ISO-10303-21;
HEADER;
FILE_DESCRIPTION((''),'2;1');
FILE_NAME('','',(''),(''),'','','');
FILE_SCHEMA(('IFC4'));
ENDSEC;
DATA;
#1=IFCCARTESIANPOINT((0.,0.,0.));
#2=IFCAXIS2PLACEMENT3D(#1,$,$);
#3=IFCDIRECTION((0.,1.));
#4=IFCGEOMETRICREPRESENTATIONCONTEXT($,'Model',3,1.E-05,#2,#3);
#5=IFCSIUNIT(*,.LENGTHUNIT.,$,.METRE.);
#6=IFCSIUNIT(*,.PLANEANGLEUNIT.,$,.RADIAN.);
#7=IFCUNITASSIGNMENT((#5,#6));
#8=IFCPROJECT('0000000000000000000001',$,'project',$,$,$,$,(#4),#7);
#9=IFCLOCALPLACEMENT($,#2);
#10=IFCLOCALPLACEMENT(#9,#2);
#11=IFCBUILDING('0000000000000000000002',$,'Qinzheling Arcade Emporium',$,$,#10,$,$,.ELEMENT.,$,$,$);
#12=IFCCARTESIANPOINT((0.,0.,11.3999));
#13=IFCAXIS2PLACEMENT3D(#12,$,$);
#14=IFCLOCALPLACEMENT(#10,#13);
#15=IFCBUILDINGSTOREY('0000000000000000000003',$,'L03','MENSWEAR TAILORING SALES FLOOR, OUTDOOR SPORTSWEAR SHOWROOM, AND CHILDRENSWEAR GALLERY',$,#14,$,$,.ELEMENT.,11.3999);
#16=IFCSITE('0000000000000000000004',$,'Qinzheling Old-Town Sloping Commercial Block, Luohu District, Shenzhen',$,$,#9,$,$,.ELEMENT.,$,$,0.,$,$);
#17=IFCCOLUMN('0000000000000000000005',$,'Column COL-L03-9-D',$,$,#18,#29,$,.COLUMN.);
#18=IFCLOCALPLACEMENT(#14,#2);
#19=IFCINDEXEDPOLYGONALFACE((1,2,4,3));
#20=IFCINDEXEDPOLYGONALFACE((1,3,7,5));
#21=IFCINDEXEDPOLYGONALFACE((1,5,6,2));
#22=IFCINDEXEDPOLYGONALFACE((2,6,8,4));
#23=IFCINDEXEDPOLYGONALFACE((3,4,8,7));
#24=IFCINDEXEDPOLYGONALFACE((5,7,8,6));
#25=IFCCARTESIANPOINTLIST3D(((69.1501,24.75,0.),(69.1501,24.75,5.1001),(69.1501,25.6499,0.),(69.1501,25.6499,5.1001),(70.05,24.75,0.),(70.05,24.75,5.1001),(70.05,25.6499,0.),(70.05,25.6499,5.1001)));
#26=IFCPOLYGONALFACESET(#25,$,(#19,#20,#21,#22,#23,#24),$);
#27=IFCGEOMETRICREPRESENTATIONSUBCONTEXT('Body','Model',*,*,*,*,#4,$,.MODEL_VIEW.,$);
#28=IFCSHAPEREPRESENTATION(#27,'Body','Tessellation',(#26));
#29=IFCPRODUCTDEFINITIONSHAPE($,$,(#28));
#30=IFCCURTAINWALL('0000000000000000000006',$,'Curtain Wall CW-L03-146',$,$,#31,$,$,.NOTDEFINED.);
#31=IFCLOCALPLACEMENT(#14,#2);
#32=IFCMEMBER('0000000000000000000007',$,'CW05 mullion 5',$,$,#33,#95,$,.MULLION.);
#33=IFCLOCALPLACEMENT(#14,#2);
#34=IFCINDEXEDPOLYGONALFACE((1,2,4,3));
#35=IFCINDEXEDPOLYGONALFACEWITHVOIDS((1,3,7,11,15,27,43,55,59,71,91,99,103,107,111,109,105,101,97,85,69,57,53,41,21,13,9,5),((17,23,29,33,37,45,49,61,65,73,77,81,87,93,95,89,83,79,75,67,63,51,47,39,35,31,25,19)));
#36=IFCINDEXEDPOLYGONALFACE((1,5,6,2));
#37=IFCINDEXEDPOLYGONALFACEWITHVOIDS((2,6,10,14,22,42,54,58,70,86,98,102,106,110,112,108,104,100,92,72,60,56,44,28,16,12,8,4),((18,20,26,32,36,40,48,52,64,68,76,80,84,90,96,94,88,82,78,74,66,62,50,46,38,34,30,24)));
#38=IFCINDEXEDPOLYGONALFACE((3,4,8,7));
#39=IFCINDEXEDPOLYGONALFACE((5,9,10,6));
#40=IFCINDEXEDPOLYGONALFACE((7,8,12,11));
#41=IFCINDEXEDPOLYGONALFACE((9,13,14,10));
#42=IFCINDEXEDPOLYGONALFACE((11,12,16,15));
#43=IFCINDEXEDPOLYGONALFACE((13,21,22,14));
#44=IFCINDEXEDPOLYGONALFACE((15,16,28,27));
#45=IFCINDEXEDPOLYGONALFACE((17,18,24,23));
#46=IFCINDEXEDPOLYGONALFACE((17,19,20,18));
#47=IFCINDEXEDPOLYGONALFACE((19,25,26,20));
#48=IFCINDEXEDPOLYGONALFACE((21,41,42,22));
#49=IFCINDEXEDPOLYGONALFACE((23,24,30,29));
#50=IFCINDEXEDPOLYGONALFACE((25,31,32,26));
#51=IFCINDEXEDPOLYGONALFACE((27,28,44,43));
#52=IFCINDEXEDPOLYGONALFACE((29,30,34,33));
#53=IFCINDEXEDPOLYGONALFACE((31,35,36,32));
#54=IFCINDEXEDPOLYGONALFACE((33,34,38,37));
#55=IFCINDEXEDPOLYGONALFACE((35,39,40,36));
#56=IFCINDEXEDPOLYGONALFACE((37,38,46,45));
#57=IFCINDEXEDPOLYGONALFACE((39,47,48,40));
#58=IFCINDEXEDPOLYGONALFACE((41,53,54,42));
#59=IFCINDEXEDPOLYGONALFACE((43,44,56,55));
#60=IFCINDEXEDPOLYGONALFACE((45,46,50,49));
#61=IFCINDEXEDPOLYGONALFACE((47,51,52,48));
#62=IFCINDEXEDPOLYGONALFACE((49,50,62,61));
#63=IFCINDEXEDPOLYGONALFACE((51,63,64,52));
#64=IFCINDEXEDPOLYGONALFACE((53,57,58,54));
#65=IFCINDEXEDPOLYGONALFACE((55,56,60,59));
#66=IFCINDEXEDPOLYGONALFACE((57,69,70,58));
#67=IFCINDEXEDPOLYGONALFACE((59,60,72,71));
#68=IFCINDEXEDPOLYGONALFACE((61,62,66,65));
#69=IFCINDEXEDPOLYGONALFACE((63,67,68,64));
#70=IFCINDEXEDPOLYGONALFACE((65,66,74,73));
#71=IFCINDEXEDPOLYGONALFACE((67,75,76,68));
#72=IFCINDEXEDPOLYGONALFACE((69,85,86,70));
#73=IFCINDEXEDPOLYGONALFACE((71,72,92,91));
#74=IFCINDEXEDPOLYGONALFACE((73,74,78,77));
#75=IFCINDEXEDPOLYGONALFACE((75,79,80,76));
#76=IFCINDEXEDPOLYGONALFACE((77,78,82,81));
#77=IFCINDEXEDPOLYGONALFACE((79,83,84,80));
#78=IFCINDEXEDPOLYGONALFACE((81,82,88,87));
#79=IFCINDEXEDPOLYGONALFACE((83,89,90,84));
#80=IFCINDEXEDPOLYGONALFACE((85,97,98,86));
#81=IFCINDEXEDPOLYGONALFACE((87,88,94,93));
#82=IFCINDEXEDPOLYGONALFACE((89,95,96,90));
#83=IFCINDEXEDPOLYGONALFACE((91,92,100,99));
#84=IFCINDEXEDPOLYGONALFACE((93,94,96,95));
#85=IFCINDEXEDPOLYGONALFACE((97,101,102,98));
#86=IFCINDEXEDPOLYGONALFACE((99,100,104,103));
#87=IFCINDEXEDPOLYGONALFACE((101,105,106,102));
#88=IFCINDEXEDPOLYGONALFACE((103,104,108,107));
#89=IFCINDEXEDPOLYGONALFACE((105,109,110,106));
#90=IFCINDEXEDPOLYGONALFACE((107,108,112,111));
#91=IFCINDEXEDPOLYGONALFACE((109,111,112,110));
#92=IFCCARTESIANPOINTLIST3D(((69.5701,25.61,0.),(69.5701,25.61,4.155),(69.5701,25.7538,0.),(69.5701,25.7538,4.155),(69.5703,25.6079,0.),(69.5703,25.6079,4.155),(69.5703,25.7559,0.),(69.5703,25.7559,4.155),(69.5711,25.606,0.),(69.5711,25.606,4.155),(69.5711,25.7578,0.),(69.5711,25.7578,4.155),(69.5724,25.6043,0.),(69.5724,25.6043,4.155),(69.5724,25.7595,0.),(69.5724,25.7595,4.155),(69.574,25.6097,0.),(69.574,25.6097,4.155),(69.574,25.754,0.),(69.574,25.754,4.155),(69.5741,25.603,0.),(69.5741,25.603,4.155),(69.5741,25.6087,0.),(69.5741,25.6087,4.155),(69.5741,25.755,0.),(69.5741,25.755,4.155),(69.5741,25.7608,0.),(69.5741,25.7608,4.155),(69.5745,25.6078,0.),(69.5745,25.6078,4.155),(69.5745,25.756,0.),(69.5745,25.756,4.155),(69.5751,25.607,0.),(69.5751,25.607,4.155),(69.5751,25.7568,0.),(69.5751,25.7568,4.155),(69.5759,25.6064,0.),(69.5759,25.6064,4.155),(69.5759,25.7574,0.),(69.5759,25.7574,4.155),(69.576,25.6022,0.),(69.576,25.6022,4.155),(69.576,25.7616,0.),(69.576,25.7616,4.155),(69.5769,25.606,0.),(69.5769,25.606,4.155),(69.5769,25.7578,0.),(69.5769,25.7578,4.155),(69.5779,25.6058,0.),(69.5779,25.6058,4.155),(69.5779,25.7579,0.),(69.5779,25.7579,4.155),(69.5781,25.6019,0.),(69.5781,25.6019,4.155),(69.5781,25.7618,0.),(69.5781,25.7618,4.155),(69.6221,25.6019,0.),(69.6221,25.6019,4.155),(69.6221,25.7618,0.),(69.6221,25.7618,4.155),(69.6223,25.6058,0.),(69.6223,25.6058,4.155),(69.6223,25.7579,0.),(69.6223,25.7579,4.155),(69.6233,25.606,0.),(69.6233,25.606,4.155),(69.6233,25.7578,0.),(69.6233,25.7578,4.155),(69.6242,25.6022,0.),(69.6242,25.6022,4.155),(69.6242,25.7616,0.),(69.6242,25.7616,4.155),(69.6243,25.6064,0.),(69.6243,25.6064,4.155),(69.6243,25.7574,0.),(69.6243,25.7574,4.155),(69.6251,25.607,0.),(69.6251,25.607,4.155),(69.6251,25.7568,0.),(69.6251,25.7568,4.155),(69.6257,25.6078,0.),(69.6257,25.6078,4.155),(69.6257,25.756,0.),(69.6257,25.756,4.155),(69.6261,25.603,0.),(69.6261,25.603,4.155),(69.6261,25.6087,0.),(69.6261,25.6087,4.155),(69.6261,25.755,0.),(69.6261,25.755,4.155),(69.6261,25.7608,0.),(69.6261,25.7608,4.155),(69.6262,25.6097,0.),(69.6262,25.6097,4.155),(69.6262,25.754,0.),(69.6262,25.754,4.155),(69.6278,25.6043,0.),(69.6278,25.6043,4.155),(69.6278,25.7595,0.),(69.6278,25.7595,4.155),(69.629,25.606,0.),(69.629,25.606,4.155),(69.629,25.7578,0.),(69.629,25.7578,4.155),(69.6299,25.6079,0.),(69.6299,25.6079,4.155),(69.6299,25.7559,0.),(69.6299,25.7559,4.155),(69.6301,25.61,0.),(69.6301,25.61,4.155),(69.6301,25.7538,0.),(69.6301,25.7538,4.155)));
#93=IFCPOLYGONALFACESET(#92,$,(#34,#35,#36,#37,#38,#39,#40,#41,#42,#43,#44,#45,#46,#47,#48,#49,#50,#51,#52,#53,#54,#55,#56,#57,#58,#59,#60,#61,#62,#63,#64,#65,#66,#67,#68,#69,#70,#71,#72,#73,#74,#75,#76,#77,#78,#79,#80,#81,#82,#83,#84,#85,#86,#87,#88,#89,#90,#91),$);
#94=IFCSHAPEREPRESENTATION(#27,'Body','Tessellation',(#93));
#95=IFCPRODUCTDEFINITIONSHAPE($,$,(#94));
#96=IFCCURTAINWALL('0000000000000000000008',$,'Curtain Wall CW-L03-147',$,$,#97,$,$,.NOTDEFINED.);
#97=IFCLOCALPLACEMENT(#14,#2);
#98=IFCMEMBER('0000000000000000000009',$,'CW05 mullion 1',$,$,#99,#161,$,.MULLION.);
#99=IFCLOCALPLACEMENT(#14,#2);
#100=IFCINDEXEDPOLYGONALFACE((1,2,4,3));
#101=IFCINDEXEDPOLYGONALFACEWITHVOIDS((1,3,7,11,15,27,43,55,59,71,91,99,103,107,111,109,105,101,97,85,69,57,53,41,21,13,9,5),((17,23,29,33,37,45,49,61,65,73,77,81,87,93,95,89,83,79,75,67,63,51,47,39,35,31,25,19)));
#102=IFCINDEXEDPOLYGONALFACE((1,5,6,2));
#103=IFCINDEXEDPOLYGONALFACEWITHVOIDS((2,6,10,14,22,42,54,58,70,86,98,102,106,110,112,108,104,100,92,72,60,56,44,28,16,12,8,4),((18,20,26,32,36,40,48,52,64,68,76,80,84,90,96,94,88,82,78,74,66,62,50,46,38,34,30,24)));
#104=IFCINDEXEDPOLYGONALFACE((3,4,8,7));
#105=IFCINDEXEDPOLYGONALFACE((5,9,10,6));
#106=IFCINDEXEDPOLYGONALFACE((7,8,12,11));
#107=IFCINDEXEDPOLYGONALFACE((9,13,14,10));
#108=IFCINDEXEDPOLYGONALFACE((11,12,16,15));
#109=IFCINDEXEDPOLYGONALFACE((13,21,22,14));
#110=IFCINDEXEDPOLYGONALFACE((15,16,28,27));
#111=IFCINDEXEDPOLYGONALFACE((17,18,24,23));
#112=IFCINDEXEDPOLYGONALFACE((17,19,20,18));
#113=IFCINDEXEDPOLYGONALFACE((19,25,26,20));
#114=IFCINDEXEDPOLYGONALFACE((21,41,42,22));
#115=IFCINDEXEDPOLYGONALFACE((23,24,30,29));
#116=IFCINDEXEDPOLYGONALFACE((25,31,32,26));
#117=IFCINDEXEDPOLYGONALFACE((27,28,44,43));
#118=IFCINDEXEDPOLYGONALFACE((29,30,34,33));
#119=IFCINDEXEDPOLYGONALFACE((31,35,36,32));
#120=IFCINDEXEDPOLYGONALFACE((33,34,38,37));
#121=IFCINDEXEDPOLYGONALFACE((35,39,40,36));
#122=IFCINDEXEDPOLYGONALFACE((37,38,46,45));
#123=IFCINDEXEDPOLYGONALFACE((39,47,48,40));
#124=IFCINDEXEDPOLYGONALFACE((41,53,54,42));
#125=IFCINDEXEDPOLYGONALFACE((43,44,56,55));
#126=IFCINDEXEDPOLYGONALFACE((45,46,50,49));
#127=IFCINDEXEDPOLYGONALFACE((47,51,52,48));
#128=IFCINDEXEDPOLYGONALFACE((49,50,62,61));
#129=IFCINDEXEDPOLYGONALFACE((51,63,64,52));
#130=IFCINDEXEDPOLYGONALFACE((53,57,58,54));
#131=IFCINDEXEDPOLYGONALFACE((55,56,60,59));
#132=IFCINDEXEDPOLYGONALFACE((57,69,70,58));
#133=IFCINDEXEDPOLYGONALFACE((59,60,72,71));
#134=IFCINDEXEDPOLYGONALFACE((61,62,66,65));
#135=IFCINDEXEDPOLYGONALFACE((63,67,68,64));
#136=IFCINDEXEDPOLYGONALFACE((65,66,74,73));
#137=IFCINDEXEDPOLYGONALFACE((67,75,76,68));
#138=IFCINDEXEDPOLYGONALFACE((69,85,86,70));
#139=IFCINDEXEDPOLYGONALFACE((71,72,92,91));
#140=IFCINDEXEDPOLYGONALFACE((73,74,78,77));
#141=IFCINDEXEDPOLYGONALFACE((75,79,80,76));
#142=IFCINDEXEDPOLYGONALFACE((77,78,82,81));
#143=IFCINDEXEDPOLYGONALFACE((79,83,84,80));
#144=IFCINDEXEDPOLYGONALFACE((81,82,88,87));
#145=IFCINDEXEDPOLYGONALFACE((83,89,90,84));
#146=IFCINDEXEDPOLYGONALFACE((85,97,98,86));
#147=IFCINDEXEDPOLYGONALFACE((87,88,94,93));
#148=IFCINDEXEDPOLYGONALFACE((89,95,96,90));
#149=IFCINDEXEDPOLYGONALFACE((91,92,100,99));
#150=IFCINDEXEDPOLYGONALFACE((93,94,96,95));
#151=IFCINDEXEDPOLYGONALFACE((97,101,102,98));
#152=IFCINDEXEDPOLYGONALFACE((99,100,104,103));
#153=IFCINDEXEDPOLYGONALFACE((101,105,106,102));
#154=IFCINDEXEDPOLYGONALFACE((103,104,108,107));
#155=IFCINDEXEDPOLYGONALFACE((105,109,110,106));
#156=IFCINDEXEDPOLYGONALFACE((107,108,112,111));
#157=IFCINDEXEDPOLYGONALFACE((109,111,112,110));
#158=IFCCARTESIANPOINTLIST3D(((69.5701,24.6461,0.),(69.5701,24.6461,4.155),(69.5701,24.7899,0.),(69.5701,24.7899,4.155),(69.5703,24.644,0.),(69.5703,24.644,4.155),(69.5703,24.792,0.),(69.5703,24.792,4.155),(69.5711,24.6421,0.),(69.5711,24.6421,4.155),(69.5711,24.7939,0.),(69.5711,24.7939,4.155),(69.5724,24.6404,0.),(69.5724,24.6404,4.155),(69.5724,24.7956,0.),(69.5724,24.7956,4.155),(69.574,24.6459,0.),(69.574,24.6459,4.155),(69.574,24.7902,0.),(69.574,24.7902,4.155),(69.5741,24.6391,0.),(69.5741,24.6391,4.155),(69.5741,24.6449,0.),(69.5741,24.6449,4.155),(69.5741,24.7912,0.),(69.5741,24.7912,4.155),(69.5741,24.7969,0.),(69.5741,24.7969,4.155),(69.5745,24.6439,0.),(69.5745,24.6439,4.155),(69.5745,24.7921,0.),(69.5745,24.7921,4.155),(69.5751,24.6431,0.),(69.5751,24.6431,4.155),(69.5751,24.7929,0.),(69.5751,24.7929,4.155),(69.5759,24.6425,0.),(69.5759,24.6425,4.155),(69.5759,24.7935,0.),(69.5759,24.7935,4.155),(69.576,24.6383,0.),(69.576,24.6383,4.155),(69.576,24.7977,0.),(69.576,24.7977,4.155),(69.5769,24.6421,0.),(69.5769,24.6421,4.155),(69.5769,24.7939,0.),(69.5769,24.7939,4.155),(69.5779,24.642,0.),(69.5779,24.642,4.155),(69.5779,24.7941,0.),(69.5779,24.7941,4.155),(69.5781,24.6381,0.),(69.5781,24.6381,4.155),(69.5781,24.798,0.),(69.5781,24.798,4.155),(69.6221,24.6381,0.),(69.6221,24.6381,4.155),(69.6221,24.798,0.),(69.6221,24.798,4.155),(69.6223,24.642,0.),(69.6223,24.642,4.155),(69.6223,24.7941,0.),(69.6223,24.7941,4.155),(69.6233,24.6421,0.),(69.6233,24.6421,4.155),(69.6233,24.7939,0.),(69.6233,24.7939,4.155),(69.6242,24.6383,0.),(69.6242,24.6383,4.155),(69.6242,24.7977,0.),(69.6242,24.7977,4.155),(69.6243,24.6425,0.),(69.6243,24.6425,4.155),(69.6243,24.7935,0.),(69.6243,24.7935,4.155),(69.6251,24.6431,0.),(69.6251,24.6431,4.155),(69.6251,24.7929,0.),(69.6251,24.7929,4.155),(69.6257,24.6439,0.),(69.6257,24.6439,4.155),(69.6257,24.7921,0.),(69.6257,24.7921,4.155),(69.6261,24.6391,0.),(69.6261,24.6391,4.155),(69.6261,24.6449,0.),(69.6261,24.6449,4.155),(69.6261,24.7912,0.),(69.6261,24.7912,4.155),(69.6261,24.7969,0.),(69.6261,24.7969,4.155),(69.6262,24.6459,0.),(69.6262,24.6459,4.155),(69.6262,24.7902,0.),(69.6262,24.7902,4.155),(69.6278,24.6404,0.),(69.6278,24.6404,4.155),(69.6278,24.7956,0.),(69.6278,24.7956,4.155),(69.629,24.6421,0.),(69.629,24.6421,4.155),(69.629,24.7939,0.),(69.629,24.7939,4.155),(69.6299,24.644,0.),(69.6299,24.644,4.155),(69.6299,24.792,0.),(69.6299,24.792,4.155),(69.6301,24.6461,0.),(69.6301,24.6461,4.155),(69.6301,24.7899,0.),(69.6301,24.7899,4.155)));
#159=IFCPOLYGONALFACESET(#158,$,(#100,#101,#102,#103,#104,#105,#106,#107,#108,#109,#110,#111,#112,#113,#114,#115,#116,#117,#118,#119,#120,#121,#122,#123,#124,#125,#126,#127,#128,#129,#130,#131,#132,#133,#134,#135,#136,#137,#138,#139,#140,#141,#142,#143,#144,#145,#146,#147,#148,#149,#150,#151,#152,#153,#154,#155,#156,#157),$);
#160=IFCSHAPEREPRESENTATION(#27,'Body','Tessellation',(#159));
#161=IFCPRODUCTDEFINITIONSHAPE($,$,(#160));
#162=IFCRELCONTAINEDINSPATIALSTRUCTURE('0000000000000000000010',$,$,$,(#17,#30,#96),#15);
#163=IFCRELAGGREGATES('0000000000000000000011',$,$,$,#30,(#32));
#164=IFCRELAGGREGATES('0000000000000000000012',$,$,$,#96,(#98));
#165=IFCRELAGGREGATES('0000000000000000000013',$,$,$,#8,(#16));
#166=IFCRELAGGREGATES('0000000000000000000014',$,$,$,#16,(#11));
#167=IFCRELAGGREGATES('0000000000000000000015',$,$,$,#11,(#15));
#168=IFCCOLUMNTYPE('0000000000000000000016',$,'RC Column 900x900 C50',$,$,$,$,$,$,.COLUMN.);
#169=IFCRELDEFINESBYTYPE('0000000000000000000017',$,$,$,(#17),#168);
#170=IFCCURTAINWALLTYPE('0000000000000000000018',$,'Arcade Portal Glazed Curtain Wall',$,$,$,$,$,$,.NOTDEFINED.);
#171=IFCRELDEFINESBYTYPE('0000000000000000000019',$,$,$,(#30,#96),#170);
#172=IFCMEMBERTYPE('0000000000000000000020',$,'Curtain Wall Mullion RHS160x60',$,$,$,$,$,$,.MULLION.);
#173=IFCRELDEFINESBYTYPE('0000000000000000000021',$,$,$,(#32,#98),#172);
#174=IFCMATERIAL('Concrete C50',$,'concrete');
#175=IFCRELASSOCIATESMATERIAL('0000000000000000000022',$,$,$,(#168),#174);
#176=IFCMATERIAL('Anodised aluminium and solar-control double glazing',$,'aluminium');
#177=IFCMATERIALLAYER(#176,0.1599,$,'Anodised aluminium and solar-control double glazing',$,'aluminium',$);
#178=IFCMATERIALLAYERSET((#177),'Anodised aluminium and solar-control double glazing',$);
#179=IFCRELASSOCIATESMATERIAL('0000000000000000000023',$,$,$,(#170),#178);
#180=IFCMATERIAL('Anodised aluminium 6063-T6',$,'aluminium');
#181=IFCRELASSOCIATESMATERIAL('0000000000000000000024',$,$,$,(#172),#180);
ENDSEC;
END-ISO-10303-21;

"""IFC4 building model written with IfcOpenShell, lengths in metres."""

from ifc_helpers import new_model, si_unit, direction, frame, origin, origin_2d, place, context, subcontext, project, spatial, rectangle, hollow_rectangle, extrude, material, layer, layer_set, material_profile, profile_set, type_object, element, aggregate, save


model = new_model("IFC4")

# Units and contexts
model_context = context("Model", 3, precision=1e-05, world=origin(), true_north=direction((0.0, 1.0)))
body_context = subcontext(model_context, "Body", "Model", "MODEL_VIEW")
ifc_project = project(units=[si_unit("LENGTHUNIT", "METRE"), si_unit("PLANEANGLEUNIT", "RADIAN")], contexts=[model_context])

# Site, building, storey
site_placement = place(None, origin())
site = spatial("IfcSite", under=ifc_project, at=site_placement, Name="Qinzheling Old-Town Sloping Commercial Block, Luohu District, Shenzhen", CompositionType="ELEMENT", RefElevation=0.0)
building_placement = place(site_placement, origin())
building = spatial("IfcBuilding", under=site, at=building_placement, Name="Qinzheling Arcade Emporium", CompositionType="ELEMENT")
storey_placement = place(building_placement, frame((0.0, 0.0, 11.3999)))
storey = spatial("IfcBuildingStorey", under=building, at=storey_placement, Name="L03", Description="MENSWEAR TAILORING SALES FLOOR, OUTDOOR SPORTSWEAR SHOWROOM, AND CHILDRENSWEAR GALLERY", CompositionType="ELEMENT", Elevation=11.3999)

# Column
ifc_material_1 = material(Name="Concrete C50", Category="concrete")
ifc_material_profile_1 = material_profile(ifc_material_1, rectangle(XDim=0.8999, YDim=0.8999, at=origin_2d()), Name="RC 900x900", Category="concrete")
ifc_profile_set_1 = profile_set([ifc_material_profile_1], Name="Concrete C50")
column_type = type_object("IfcColumnType", Name="RC Column 900x900 C50", PredefinedType="COLUMN", material=ifc_profile_set_1)
column_placement = place(storey_placement, frame((69.6001, 25.2, 0.0), z_axis=(0.0, 0.0, 1.0), x_axis=(1.0, 0.0, 0.0)))
element("IfcColumn", 1, at=column_placement, inside=storey, type_object=column_type, Name="Column COL-L03-9-D", PredefinedType="COLUMN", context=body_context, shape_type="SweptSolid", body=[
    extrude(rectangle(XDim=0.8999, YDim=0.8999, at=origin_2d()), origin(), (0.0, 0.0, 1.0), 5.1001),
])

# Curtain wall, member
ifc_material_2 = material(Name="Anodised aluminium and solar-control double glazing", Category="aluminium")
ifc_layer_1 = layer(ifc_material_2, 0.1599, Name="Anodised aluminium and solar-control double glazing", Category="aluminium")
ifc_layer_set_1 = layer_set([ifc_layer_1], Name="Anodised aluminium and solar-control double glazing")
curtain_wall_type = type_object("IfcCurtainWallType", Name="Arcade Portal Glazed Curtain Wall", PredefinedType="NOTDEFINED", material=ifc_layer_set_1)
curtain_wall_1_placement = place(storey_placement, origin())
curtain_wall_1 = element("IfcCurtainWall", 2, at=curtain_wall_1_placement, inside=storey, type_object=curtain_wall_type, Name="Curtain Wall CW-L03-146", PredefinedType="NOTDEFINED")
ifc_material_3 = material(Name="Anodised aluminium 6063-T6", Category="aluminium")
ifc_material_profile_2 = material_profile(ifc_material_3, hollow_rectangle(XDim=0.0601, YDim=0.1599, WallThickness=0.0039, InnerFilletRadius=0.0039, OuterFilletRadius=0.0081, at=origin_2d()), Name="RHS 160x60x4", Category="aluminium")
ifc_profile_set_2 = profile_set([ifc_material_profile_2], Name="Anodised aluminium 6063-T6")
member_type_1 = type_object("IfcMemberType", Name="Curtain Wall Mullion RHS160x60", PredefinedType="MULLION", material=ifc_profile_set_2)
member_1_placement = place(storey_placement, frame((69.6001, 25.6819, 0.0), z_axis=(0.0, 0.0, 1.0), x_axis=(1.0, 0.0, 0.0)))
member_1 = element("IfcMember", 3, at=member_1_placement, type_object=member_type_1, Name="CW05 mullion 5", PredefinedType="MULLION", context=body_context, shape_type="SweptSolid", body=[
    extrude(hollow_rectangle(XDim=0.0601, YDim=0.1599, WallThickness=0.0039, InnerFilletRadius=0.0039, OuterFilletRadius=0.0081, at=origin_2d()), origin(), (0.0, 0.0, 1.0), 4.155),
])

# Curtain wall, member
curtain_wall_2_placement = place(storey_placement, origin())
curtain_wall_2 = element("IfcCurtainWall", 4, at=curtain_wall_2_placement, inside=storey, type_object=curtain_wall_type, Name="Curtain Wall CW-L03-147", PredefinedType="NOTDEFINED")
member_2_placement = place(storey_placement, frame((69.6001, 24.718, 0.0), z_axis=(0.0, 0.0, 1.0), x_axis=(1.0, 0.0, 0.0)))
member_2 = element("IfcMember", 5, at=member_2_placement, type_object=member_type_1, Name="CW05 mullion 1", PredefinedType="MULLION", context=body_context, shape_type="SweptSolid", body=[
    extrude(hollow_rectangle(XDim=0.0601, YDim=0.1599, WallThickness=0.0039, InnerFilletRadius=0.0039, OuterFilletRadius=0.0081, at=origin_2d()), origin(), (0.0, 0.0, 1.0), 4.155),
])

aggregate(curtain_wall_1, [member_1])
aggregate(curtain_wall_2, [member_2])

save(model, "model.ifc")
